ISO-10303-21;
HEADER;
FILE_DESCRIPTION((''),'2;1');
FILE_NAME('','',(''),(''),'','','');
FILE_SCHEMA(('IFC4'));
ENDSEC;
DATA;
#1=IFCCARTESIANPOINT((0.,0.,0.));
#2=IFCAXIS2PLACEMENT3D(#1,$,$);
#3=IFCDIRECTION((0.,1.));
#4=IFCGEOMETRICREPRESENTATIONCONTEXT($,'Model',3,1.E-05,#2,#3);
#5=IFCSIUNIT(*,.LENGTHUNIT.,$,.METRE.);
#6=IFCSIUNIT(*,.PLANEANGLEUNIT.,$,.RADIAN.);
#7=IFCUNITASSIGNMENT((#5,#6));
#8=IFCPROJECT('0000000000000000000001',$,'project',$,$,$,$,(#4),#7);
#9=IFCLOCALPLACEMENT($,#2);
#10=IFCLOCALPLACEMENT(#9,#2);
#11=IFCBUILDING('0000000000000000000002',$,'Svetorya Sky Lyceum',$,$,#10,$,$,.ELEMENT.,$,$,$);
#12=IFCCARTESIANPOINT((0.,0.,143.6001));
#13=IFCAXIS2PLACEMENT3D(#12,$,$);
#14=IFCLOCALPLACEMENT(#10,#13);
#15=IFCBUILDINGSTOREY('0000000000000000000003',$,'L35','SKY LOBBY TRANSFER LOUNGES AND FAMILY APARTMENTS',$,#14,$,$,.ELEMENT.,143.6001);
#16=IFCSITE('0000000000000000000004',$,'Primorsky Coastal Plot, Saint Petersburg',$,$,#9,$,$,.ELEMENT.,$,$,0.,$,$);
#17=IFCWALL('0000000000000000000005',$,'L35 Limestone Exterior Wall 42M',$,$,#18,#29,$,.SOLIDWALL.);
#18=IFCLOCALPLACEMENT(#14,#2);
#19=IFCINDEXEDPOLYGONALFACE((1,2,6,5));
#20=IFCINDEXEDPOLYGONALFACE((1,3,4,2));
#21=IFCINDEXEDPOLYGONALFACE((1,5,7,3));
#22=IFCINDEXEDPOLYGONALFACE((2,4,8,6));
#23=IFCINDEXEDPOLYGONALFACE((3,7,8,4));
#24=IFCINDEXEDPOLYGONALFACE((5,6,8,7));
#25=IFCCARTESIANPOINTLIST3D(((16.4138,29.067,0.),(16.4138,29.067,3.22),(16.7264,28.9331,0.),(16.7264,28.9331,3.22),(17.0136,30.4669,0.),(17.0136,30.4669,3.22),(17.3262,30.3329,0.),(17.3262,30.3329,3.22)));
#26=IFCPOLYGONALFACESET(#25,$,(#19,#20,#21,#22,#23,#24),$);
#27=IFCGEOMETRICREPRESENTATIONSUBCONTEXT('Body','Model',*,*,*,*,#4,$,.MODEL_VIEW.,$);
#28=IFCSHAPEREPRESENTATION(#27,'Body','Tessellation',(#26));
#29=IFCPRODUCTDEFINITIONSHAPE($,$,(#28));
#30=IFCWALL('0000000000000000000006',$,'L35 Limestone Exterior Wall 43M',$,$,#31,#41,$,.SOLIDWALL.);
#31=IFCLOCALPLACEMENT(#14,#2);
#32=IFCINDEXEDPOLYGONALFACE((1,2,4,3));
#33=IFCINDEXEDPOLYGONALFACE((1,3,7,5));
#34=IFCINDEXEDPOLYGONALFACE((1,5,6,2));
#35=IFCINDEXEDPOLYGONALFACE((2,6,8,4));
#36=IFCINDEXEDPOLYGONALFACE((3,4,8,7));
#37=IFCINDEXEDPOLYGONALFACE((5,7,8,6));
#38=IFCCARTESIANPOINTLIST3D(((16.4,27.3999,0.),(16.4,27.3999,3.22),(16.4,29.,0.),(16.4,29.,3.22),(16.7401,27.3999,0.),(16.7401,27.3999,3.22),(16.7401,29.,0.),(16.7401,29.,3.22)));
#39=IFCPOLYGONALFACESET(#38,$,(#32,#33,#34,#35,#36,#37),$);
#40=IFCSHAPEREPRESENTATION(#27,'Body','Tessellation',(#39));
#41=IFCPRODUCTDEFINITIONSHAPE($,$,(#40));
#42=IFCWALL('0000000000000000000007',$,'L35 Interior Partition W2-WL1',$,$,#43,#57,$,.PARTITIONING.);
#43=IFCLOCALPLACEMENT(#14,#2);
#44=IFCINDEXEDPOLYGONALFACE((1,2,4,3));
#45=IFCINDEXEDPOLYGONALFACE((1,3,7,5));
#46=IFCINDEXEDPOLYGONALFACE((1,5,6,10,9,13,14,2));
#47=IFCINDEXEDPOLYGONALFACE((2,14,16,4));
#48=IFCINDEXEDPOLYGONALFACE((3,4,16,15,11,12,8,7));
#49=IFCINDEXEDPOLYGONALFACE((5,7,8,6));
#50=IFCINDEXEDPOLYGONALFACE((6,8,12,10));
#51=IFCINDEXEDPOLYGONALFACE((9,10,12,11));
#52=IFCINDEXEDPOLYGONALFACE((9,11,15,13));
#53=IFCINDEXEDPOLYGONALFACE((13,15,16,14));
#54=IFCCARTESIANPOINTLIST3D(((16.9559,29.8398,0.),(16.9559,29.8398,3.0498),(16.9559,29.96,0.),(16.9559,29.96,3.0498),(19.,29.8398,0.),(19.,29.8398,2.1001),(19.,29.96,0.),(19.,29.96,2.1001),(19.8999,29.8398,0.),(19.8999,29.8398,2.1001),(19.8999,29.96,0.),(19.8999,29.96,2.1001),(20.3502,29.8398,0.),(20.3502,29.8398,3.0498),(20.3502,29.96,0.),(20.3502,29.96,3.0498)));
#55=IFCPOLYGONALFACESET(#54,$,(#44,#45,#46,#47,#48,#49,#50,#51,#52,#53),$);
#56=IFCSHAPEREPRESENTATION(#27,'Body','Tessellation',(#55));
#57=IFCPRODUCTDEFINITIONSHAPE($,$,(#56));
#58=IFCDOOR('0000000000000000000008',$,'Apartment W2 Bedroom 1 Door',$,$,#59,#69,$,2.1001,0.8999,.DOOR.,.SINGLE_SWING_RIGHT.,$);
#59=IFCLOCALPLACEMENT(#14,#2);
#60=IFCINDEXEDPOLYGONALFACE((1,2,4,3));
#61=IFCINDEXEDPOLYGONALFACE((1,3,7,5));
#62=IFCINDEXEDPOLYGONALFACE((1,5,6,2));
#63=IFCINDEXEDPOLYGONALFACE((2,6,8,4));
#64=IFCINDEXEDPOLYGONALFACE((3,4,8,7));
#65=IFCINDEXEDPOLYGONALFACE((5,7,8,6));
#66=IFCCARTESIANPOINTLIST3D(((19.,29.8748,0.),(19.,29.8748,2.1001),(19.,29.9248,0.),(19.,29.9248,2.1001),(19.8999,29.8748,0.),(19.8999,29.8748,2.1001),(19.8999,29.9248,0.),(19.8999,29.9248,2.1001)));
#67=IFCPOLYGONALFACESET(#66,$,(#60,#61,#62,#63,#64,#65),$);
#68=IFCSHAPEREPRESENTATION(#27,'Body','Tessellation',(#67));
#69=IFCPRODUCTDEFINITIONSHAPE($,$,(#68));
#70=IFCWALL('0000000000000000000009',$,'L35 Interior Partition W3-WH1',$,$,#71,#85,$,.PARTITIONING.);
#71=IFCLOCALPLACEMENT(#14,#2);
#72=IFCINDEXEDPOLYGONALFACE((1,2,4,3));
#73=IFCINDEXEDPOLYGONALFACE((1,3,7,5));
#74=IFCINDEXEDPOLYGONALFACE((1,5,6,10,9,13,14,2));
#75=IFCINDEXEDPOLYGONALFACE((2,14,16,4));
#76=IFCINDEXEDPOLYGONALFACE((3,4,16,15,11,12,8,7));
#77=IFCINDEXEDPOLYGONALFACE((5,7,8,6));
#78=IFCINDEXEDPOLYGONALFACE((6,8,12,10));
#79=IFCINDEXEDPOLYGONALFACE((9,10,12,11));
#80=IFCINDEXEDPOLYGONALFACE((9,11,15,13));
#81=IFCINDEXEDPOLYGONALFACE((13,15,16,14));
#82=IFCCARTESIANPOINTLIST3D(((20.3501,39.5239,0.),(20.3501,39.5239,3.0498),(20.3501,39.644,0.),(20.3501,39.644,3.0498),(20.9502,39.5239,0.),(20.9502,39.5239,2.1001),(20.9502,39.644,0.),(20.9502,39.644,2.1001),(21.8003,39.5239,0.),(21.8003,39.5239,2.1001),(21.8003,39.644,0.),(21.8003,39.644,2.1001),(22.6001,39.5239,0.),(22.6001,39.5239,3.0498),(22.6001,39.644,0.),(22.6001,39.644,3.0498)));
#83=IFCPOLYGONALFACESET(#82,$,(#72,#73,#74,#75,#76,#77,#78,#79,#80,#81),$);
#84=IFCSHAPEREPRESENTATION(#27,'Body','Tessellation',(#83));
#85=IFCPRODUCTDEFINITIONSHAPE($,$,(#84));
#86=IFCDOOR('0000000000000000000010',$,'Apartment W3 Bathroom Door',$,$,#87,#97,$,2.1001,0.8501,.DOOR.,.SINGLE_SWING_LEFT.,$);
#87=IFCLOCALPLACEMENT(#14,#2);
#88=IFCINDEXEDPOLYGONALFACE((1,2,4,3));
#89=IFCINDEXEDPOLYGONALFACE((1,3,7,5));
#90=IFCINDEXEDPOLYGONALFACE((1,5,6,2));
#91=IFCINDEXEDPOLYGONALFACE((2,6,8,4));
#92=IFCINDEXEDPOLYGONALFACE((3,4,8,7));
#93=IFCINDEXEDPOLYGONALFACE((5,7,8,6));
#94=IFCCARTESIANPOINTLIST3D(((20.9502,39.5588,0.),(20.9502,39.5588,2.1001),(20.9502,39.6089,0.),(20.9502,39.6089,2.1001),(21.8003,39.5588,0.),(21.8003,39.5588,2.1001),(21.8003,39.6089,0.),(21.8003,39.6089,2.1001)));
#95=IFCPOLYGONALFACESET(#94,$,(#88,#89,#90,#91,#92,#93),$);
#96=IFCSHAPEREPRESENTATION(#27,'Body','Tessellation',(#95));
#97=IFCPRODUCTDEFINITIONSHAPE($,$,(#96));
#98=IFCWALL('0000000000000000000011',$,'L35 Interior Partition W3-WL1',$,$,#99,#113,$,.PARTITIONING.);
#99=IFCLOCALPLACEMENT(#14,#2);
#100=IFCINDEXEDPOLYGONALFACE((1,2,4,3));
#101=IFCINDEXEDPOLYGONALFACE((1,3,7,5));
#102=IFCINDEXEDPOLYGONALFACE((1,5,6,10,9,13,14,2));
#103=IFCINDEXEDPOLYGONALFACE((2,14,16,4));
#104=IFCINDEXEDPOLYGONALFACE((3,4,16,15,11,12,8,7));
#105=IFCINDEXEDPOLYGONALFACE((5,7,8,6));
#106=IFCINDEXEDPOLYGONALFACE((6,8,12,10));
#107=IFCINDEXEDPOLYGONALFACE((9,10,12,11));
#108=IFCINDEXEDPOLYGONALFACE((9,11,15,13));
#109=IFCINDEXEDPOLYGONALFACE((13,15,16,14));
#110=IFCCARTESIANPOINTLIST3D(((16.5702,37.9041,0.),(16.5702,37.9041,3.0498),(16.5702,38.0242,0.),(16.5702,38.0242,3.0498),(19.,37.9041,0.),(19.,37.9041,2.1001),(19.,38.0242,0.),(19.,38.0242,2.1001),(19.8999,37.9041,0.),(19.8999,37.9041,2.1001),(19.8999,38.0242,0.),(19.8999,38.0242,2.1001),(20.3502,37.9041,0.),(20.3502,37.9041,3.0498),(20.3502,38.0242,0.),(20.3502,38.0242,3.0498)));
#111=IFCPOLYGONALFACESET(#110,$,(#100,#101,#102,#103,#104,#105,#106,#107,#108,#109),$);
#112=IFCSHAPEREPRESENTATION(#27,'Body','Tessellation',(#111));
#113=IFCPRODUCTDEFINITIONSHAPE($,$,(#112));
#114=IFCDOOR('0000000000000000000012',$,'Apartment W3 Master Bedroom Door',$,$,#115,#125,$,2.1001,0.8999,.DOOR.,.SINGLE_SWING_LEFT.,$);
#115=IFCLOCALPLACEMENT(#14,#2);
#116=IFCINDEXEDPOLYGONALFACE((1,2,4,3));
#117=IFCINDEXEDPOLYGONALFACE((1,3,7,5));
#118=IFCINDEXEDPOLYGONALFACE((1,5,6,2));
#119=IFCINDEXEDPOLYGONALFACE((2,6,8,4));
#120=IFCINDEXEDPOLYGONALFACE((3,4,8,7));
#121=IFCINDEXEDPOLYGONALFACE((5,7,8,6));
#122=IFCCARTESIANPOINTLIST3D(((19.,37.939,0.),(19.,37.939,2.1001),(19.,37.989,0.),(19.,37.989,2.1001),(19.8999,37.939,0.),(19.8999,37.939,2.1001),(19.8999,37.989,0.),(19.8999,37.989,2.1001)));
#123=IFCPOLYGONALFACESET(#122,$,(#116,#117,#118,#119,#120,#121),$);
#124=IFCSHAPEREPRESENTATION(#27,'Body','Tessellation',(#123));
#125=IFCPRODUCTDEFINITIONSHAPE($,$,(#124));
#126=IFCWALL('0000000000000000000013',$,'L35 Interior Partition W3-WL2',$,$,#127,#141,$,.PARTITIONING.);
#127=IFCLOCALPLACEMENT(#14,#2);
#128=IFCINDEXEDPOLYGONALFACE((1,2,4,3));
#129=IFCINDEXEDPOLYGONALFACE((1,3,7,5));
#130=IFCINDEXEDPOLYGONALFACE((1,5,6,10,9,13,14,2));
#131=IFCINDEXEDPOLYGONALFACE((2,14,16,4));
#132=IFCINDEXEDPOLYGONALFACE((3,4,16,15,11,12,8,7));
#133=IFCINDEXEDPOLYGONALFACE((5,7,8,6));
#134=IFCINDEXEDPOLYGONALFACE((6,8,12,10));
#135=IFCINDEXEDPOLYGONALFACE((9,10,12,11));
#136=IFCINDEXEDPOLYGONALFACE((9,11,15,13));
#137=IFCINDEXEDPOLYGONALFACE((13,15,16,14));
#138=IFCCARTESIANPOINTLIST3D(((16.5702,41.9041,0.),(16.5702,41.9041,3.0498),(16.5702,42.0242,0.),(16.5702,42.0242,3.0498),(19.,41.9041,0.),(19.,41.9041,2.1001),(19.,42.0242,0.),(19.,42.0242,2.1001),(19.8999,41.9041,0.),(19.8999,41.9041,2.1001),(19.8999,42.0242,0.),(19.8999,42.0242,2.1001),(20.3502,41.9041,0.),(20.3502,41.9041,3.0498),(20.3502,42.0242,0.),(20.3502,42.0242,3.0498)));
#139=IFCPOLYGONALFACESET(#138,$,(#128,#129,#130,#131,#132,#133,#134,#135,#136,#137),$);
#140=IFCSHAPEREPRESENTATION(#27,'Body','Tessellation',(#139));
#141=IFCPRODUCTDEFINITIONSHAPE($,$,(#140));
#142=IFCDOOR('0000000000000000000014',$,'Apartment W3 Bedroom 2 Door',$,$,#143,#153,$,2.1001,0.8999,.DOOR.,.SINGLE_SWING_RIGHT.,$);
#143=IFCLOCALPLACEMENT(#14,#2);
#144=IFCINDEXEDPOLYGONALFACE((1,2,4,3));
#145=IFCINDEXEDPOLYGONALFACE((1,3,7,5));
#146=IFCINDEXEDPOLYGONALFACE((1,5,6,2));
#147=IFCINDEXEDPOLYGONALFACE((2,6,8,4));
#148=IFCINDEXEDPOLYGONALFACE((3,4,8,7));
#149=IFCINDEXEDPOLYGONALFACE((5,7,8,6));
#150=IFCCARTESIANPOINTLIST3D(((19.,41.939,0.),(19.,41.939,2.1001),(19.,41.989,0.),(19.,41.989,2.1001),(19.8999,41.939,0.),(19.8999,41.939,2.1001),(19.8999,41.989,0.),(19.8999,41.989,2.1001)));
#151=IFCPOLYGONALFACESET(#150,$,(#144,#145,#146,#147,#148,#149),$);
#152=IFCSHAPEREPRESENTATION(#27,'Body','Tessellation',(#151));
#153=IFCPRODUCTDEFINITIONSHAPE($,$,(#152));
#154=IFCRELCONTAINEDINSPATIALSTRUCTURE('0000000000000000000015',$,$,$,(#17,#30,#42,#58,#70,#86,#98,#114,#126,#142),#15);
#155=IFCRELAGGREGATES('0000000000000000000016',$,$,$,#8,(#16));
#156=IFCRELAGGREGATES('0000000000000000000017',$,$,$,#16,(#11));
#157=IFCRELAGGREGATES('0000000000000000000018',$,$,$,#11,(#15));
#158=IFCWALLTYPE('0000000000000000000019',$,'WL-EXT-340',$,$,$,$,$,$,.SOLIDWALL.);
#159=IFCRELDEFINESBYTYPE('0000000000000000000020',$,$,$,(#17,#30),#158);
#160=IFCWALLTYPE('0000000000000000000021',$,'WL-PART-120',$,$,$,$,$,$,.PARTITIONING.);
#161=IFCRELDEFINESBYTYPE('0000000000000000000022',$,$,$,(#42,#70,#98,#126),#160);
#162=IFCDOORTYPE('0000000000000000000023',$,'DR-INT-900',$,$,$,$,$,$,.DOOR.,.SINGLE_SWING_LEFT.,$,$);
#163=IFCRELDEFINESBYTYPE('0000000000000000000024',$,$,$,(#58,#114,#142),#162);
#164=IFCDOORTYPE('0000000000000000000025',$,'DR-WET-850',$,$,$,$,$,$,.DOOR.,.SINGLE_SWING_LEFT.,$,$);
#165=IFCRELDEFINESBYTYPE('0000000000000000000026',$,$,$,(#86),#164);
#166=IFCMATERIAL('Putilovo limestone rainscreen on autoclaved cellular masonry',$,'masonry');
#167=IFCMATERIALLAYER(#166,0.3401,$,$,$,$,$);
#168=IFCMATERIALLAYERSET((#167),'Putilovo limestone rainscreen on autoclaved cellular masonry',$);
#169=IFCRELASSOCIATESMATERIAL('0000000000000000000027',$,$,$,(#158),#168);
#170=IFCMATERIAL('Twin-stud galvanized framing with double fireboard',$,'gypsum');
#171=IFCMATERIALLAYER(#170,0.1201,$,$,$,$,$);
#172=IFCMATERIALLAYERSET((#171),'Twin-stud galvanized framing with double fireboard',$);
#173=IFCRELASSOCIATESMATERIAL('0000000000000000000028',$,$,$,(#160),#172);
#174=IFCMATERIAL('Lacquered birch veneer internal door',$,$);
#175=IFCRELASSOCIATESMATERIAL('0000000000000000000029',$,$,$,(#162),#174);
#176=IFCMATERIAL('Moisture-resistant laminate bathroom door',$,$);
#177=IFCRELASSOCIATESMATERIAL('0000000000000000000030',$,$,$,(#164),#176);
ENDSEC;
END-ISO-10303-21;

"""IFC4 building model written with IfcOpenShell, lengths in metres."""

from ifc_helpers import new_model, si_unit, direction, frame, frame_2d, origin, place, context, subcontext, project, spatial, rectangle, extrude, material, layer, layer_set, type_object, element, fill, save


model = new_model("IFC4")

# Units and contexts
model_context = context("Model", 3, precision=1e-05, world=origin(), true_north=direction((0.0, 1.0)))
body_context = subcontext(model_context, "Body", "Model", "MODEL_VIEW")
ifc_project = project(units=[si_unit("LENGTHUNIT", "METRE"), si_unit("PLANEANGLEUNIT", "RADIAN")], contexts=[model_context])

# Site, building, storey
site_placement = place(None, origin())
site = spatial("IfcSite", under=ifc_project, at=site_placement, Name="Primorsky Coastal Plot, Saint Petersburg", CompositionType="ELEMENT", RefElevation=0.0)
building_placement = place(site_placement, origin())
building = spatial("IfcBuilding", under=site, at=building_placement, Name="Svetorya Sky Lyceum", CompositionType="ELEMENT")
storey_placement = place(building_placement, frame((0.0, 0.0, 143.6001)))
storey = spatial("IfcBuildingStorey", under=building, at=storey_placement, Name="L35", Description="SKY LOBBY TRANSFER LOUNGES AND FAMILY APARTMENTS", CompositionType="ELEMENT", Elevation=143.6001)

# Shared definitions
ifc_material_1 = material(Name="Putilovo limestone rainscreen on autoclaved cellular masonry", Category="masonry")
ifc_layer_1 = layer(ifc_material_1, 0.3401)
ifc_layer_set_1 = layer_set([ifc_layer_1], Name="Putilovo limestone rainscreen on autoclaved cellular masonry")
wall_type_1 = type_object("IfcWallType", Name="WL-EXT-340", PredefinedType="SOLIDWALL", material=ifc_layer_set_1)

# Walls
wall_1_placement = place(storey_placement, frame((17.1699, 30.3999, 0.0), z_axis=(0.0, 0.0, 1.0), x_axis=(-0.393861, -0.91917, 0.0)))
element("IfcWall", 1, at=wall_1_placement, inside=storey, type_object=wall_type_1, Name="L35 Limestone Exterior Wall 42M", PredefinedType="SOLIDWALL", context=body_context, shape_type="SweptSolid", body=[
    extrude(rectangle(XDim=1.5229, YDim=0.3401, at=frame_2d((0.7615, 0.0))), origin(), (0.0, 0.0, 1.0), 3.22),
])
wall_2_placement = place(storey_placement, frame((16.5701, 29.0, 0.0), z_axis=(0.0, 0.0, 1.0), x_axis=(0.0, -1.0, 0.0)))
element("IfcWall", 2, at=wall_2_placement, inside=storey, type_object=wall_type_1, Name="L35 Limestone Exterior Wall 43M", PredefinedType="SOLIDWALL", context=body_context, shape_type="SweptSolid", body=[
    extrude(rectangle(XDim=1.6001, YDim=0.3401, at=frame_2d((0.8, 0.0))), origin(), (0.0, 0.0, 1.0), 3.22),
])

# Walls, openings, doors
ifc_material_2 = material(Name="Twin-stud galvanized framing with double fireboard", Category="gypsum")
ifc_layer_2 = layer(ifc_material_2, 0.1201)
ifc_layer_set_2 = layer_set([ifc_layer_2], Name="Twin-stud galvanized framing with double fireboard")
wall_type_2 = type_object("IfcWallType", Name="WL-PART-120", PredefinedType="PARTITIONING", material=ifc_layer_set_2)
wall_3_placement = place(storey_placement, frame((16.9558, 29.8999, 0.0), z_axis=(0.0, 0.0, 1.0), x_axis=(1.0, 0.0, 0.0)))
wall_3 = element("IfcWall", 3, at=wall_3_placement, inside=storey, type_object=wall_type_2, Name="L35 Interior Partition W2-WL1", PredefinedType="PARTITIONING", context=body_context, shape_type="SweptSolid", body=[
    extrude(rectangle(XDim=3.3943, YDim=0.1201, at=frame_2d((1.6973, 0.0))), origin(), (0.0, 0.0, 1.0), 3.0498),
])
opening_1_placement = place(wall_3_placement, frame((2.0442, 0.0, 0.0)))
opening_1 = element("IfcOpeningElement", 4, at=opening_1_placement, cuts=wall_3, PredefinedType="OPENING", context=body_context, shape_type="SweptSolid", body=[
    extrude(rectangle(XDim=0.8999, YDim=2.1001, at=frame_2d((0.45, 1.05))), frame((0.0, 0.0701, 0.0), z_axis=(0.0, -1.0, 0.0), x_axis=(1.0, 0.0, 0.0)), (0.0, 0.0, 1.0), 0.1401),
])
ifc_material_3 = material(Name="Lacquered birch veneer internal door")
door_type_1 = type_object("IfcDoorType", Name="DR-INT-900", OperationType="SINGLE_SWING_LEFT", PredefinedType="DOOR", material=ifc_material_3)
door_1_placement = place(opening_1_placement, origin())
door_1 = element("IfcDoor", 5, at=door_1_placement, inside=storey, type_object=door_type_1, Name="Apartment W2 Bedroom 1 Door", OperationType="SINGLE_SWING_RIGHT", OverallHeight=2.1001, OverallWidth=0.8999, PredefinedType="DOOR", context=body_context, shape_type="SweptSolid", body=[
    extrude(rectangle(XDim=0.8999, YDim=2.1001, at=frame_2d((0.45, 1.05))), frame((0.0, 0.0249, 0.0), z_axis=(0.0, -1.0, 0.0), x_axis=(1.0, 0.0, 0.0)), (0.0, 0.0, 1.0), 0.05),
])
fill(opening_1, door_1)
wall_4_placement = place(storey_placement, frame((20.3501, 39.584, 0.0), z_axis=(0.0, 0.0, 1.0), x_axis=(1.0, 0.0, 0.0)))
wall_4 = element("IfcWall", 6, at=wall_4_placement, inside=storey, type_object=wall_type_2, Name="L35 Interior Partition W3-WH1", PredefinedType="PARTITIONING", context=body_context, shape_type="SweptSolid", body=[
    extrude(rectangle(XDim=2.25, YDim=0.1201, at=frame_2d((1.125, 0.0))), origin(), (0.0, 0.0, 1.0), 3.0498),
])
opening_2_placement = place(wall_4_placement, frame((0.6001, 0.0, 0.0)))
opening_2 = element("IfcOpeningElement", 7, at=opening_2_placement, cuts=wall_4, PredefinedType="OPENING", context=body_context, shape_type="SweptSolid", body=[
    extrude(rectangle(XDim=0.8501, YDim=2.1001, at=frame_2d((0.425, 1.05))), frame((0.0, 0.0701, 0.0), z_axis=(0.0, -1.0, 0.0), x_axis=(1.0, 0.0, 0.0)), (0.0, 0.0, 1.0), 0.1401),
])
ifc_material_4 = material(Name="Moisture-resistant laminate bathroom door")
door_type_2 = type_object("IfcDoorType", Name="DR-WET-850", OperationType="SINGLE_SWING_LEFT", PredefinedType="DOOR", material=ifc_material_4)
door_2_placement = place(opening_2_placement, origin())
door_2 = element("IfcDoor", 8, at=door_2_placement, inside=storey, type_object=door_type_2, Name="Apartment W3 Bathroom Door", OperationType="SINGLE_SWING_LEFT", OverallHeight=2.1001, OverallWidth=0.8501, PredefinedType="DOOR", context=body_context, shape_type="SweptSolid", body=[
    extrude(rectangle(XDim=0.8501, YDim=2.1001, at=frame_2d((0.425, 1.05))), frame((0.0, 0.0249, 0.0), z_axis=(0.0, -1.0, 0.0), x_axis=(1.0, 0.0, 0.0)), (0.0, 0.0, 1.0), 0.05),
])
fill(opening_2, door_2)
wall_5_placement = place(storey_placement, frame((16.5701, 37.9641, 0.0), z_axis=(0.0, 0.0, 1.0), x_axis=(1.0, 0.0, 0.0)))
wall_5 = element("IfcWall", 9, at=wall_5_placement, inside=storey, type_object=wall_type_2, Name="L35 Interior Partition W3-WL1", PredefinedType="PARTITIONING", context=body_context, shape_type="SweptSolid", body=[
    extrude(rectangle(XDim=3.78, YDim=0.1201, at=frame_2d((1.8901, 0.0))), origin(), (0.0, 0.0, 1.0), 3.0498),
])
opening_3_placement = place(wall_5_placement, frame((2.4299, 0.0, 0.0)))
opening_3 = element("IfcOpeningElement", 10, at=opening_3_placement, cuts=wall_5, PredefinedType="OPENING", context=body_context, shape_type="SweptSolid", body=[
    extrude(rectangle(XDim=0.8999, YDim=2.1001, at=frame_2d((0.45, 1.05))), frame((0.0, 0.0701, 0.0), z_axis=(0.0, -1.0, 0.0), x_axis=(1.0, 0.0, 0.0)), (0.0, 0.0, 1.0), 0.1401),
])
door_3_placement = place(opening_3_placement, origin())
door_3 = element("IfcDoor", 11, at=door_3_placement, inside=storey, type_object=door_type_1, Name="Apartment W3 Master Bedroom Door", OperationType="SINGLE_SWING_LEFT", OverallHeight=2.1001, OverallWidth=0.8999, PredefinedType="DOOR", context=body_context, shape_type="SweptSolid", body=[
    extrude(rectangle(XDim=0.8999, YDim=2.1001, at=frame_2d((0.45, 1.05))), frame((0.0, 0.0249, 0.0), z_axis=(0.0, -1.0, 0.0), x_axis=(1.0, 0.0, 0.0)), (0.0, 0.0, 1.0), 0.05),
])
fill(opening_3, door_3)
wall_6_placement = place(storey_placement, frame((16.5701, 41.9641, 0.0), z_axis=(0.0, 0.0, 1.0), x_axis=(1.0, 0.0, 0.0)))
wall_6 = element("IfcWall", 12, at=wall_6_placement, inside=storey, type_object=wall_type_2, Name="L35 Interior Partition W3-WL2", PredefinedType="PARTITIONING", context=body_context, shape_type="SweptSolid", body=[
    extrude(rectangle(XDim=3.78, YDim=0.1201, at=frame_2d((1.8901, 0.0))), origin(), (0.0, 0.0, 1.0), 3.0498),
])
opening_4_placement = place(wall_6_placement, frame((2.4299, 0.0, 0.0)))
opening_4 = element("IfcOpeningElement", 13, at=opening_4_placement, cuts=wall_6, PredefinedType="OPENING", context=body_context, shape_type="SweptSolid", body=[
    extrude(rectangle(XDim=0.8999, YDim=2.1001, at=frame_2d((0.45, 1.05))), frame((0.0, 0.0701, 0.0), z_axis=(0.0, -1.0, 0.0), x_axis=(1.0, 0.0, 0.0)), (0.0, 0.0, 1.0), 0.1401),
])
door_4_placement = place(opening_4_placement, origin())
door_4 = element("IfcDoor", 14, at=door_4_placement, inside=storey, type_object=door_type_1, Name="Apartment W3 Bedroom 2 Door", OperationType="SINGLE_SWING_RIGHT", OverallHeight=2.1001, OverallWidth=0.8999, PredefinedType="DOOR", context=body_context, shape_type="SweptSolid", body=[
    extrude(rectangle(XDim=0.8999, YDim=2.1001, at=frame_2d((0.45, 1.05))), frame((0.0, 0.0249, 0.0), z_axis=(0.0, -1.0, 0.0), x_axis=(1.0, 0.0, 0.0)), (0.0, 0.0, 1.0), 0.05),
])
fill(opening_4, door_4)

save(model, "model.ifc")
